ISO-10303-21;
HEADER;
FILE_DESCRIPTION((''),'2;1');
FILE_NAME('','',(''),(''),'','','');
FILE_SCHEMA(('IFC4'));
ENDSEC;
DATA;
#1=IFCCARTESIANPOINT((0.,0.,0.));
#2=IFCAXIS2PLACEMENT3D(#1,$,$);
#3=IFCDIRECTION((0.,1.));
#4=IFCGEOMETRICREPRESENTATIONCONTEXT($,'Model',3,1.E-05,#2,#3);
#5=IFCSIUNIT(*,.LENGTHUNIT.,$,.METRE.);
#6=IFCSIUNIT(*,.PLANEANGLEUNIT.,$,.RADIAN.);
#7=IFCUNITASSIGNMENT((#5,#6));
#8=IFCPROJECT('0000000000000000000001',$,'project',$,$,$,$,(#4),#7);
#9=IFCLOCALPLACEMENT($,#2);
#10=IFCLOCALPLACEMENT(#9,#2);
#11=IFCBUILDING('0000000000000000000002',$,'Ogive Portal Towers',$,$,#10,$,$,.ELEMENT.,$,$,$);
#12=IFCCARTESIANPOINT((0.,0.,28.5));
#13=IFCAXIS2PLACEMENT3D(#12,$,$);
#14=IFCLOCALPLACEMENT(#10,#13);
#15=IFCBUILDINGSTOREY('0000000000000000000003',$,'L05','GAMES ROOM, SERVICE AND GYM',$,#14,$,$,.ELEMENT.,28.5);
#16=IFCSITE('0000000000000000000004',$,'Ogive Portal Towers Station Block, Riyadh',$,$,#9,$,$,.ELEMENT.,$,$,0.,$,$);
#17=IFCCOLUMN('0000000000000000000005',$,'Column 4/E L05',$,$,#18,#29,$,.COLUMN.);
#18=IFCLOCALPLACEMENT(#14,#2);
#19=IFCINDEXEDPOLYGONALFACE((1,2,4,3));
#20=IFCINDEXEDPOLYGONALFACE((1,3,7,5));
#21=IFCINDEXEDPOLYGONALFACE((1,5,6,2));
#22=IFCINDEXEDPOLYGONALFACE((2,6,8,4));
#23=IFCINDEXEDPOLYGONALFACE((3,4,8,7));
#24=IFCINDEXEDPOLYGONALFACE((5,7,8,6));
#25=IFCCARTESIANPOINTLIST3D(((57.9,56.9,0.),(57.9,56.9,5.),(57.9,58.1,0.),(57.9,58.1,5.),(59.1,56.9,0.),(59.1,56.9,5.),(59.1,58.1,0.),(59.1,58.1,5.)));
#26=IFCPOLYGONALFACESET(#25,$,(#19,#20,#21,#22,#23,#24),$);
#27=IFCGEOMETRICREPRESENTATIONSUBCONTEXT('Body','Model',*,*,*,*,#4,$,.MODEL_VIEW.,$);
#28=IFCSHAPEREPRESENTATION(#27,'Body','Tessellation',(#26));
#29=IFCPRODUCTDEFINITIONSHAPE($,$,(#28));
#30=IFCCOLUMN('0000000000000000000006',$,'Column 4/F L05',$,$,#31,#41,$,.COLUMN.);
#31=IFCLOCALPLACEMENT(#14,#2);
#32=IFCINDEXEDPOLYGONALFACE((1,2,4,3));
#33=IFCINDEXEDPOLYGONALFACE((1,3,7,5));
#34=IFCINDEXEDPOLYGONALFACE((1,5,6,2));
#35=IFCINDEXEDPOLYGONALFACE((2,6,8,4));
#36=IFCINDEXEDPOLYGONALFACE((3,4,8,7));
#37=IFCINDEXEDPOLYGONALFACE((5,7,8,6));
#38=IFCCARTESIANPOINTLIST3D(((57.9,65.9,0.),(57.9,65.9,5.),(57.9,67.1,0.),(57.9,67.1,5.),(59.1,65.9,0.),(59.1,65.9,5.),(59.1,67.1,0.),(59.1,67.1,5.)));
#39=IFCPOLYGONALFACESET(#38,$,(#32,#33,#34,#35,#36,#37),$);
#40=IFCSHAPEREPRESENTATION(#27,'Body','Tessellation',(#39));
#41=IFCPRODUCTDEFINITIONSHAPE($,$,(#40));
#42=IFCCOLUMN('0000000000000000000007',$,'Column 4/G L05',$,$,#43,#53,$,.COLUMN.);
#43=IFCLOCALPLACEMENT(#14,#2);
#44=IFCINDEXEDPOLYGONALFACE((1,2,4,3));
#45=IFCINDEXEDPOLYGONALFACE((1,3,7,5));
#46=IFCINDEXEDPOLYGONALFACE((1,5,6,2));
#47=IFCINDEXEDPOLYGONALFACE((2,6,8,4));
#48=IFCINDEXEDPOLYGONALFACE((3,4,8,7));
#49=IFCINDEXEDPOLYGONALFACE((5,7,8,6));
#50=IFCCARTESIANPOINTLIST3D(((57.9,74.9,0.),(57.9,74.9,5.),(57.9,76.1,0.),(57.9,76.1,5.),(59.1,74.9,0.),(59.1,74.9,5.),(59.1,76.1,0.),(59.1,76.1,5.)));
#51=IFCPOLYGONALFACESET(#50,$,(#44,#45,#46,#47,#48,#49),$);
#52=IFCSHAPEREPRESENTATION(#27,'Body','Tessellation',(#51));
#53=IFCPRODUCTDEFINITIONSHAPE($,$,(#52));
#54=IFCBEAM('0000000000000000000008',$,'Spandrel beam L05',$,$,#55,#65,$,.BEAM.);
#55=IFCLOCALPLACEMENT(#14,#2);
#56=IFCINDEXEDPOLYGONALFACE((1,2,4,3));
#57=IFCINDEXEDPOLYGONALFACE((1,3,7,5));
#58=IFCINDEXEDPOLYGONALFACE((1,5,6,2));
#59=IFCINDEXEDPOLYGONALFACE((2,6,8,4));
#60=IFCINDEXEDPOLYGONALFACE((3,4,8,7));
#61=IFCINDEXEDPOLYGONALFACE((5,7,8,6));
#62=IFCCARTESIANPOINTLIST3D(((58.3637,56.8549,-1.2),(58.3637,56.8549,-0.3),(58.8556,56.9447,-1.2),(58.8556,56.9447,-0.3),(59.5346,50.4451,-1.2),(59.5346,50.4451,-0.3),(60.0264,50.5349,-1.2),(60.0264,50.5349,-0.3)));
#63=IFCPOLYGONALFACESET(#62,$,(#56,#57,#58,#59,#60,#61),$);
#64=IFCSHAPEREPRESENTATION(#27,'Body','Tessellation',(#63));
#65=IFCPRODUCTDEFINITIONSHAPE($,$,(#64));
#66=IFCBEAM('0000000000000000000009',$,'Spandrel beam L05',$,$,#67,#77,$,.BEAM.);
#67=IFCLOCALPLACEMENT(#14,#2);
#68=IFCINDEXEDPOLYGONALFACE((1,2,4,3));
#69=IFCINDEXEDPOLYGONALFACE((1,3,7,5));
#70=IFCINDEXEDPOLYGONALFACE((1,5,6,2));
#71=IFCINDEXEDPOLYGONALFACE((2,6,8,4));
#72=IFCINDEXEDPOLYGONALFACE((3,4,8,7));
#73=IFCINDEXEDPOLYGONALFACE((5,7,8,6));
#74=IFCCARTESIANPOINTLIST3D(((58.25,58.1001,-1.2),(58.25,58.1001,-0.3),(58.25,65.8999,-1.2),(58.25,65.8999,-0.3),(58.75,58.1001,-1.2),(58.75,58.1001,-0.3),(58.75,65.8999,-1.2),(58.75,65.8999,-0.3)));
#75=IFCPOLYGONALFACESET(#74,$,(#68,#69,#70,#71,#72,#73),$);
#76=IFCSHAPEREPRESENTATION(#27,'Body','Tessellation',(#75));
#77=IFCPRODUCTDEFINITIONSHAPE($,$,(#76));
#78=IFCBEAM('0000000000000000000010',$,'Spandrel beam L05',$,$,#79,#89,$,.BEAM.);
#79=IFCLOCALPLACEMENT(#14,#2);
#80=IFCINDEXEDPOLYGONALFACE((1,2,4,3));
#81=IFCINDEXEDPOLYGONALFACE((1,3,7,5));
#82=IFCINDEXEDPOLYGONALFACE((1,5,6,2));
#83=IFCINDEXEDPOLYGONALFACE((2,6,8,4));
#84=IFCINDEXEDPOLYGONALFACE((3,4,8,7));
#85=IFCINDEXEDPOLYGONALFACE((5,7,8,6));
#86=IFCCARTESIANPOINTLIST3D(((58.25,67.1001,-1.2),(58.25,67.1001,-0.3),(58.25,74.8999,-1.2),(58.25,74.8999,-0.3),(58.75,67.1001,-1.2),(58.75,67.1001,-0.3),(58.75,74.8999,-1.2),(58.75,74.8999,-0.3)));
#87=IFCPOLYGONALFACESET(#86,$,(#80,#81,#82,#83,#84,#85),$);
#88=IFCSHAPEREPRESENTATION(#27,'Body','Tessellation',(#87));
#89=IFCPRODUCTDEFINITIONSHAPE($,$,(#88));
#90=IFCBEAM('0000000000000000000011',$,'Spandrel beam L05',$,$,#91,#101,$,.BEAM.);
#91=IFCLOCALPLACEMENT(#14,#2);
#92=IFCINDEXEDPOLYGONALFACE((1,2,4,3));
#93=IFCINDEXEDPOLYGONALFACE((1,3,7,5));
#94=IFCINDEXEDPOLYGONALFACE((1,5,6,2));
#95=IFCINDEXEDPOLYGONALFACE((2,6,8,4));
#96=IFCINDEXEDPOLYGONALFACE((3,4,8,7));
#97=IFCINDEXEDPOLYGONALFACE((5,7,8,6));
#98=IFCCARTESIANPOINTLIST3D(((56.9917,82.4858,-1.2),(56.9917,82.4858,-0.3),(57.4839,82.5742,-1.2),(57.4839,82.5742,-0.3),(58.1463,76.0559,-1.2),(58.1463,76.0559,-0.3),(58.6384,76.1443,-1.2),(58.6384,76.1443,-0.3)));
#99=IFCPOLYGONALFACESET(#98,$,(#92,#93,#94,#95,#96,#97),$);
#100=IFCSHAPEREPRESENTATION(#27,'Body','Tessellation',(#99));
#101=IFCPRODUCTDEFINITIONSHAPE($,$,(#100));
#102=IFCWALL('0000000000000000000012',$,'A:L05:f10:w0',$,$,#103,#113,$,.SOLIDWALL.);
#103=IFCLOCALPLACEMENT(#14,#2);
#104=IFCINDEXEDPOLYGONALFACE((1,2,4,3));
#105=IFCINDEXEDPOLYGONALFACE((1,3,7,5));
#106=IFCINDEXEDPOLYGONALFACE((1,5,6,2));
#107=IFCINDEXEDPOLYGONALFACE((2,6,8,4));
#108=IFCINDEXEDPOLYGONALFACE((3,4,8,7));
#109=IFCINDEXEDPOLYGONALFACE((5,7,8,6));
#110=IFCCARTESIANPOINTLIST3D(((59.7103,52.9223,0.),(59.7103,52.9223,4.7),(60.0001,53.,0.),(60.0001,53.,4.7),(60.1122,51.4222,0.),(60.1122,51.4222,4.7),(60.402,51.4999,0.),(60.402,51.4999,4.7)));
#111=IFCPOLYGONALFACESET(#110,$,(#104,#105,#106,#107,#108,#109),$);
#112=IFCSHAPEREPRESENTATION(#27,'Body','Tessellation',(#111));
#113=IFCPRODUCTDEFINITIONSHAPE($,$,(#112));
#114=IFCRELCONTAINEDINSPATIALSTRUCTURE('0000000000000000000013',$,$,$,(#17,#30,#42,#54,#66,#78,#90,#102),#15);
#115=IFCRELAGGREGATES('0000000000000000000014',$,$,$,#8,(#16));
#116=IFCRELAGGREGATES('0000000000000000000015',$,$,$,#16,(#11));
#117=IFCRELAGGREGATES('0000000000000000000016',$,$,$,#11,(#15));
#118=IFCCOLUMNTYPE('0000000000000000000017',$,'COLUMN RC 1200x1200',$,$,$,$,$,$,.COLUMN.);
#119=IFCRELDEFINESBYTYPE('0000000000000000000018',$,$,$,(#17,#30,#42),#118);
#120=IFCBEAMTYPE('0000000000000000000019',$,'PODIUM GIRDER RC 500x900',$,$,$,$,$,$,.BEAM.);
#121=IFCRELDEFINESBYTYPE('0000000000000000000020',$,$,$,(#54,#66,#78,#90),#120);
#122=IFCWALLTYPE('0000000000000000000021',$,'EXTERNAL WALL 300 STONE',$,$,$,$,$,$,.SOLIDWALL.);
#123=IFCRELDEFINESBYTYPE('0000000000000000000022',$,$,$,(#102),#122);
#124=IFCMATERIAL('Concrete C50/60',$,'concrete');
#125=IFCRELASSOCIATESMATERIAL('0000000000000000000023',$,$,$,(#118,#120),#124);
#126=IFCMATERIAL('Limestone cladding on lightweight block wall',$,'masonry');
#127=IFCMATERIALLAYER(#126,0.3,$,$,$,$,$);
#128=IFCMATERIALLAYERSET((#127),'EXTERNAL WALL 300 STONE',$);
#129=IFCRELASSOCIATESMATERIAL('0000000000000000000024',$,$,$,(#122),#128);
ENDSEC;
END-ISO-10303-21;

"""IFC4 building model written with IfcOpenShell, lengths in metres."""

from ifc_helpers import new_model, si_unit, direction, frame, frame_2d, origin, origin_2d, place, context, subcontext, project, spatial, rectangle, extrude, material, layer, layer_set, material_profile, profile_set, type_object, element, save


model = new_model("IFC4")

# Units and contexts
model_context = context("Model", 3, precision=1e-05, world=origin(), true_north=direction((0.0, 1.0)))
body_context = subcontext(model_context, "Body", "Model", "MODEL_VIEW")
ifc_project = project(units=[si_unit("LENGTHUNIT", "METRE"), si_unit("PLANEANGLEUNIT", "RADIAN")], contexts=[model_context])

# Site, building, storey
site_placement = place(None, origin())
site = spatial("IfcSite", under=ifc_project, at=site_placement, Name="Ogive Portal Towers Station Block, Riyadh", CompositionType="ELEMENT", RefElevation=0.0)
building_placement = place(site_placement, origin())
building = spatial("IfcBuilding", under=site, at=building_placement, Name="Ogive Portal Towers", CompositionType="ELEMENT")
storey_placement = place(building_placement, frame((0.0, 0.0, 28.5)))
storey = spatial("IfcBuildingStorey", under=building, at=storey_placement, Name="L05", Description="GAMES ROOM, SERVICE AND GYM", CompositionType="ELEMENT", Elevation=28.5)

# Columns
ifc_material_1 = material(Name="Concrete C50/60", Category="concrete")
ifc_material_profile_1 = material_profile(ifc_material_1, rectangle(XDim=1.2, YDim=1.2, at=origin_2d()), Name="RC 1200x1200")
ifc_profile_set_1 = profile_set([ifc_material_profile_1], Name="Concrete C50/60")
column_type = type_object("IfcColumnType", Name="COLUMN RC 1200x1200", PredefinedType="COLUMN", material=ifc_profile_set_1)
for number, where, z_axis, x_axis, name in (
    (1, (58.5, 57.5, 0.0), (0.0, 0.0, 1.0), (1.0, 0.0, 0.0), "Column 4/E L05"),
    (2, (58.5, 66.5, 0.0), (0.0, 0.0, 1.0), (1.0, 0.0, 0.0), "Column 4/F L05"),
    (3, (58.5, 75.5, 0.0), (0.0, 0.0, 1.0), (1.0, 0.0, 0.0), "Column 4/G L05"),
):
    element("IfcColumn", number, at=place(storey_placement, frame(where, z_axis=z_axis, x_axis=x_axis)), inside=storey, type_object=column_type, Name=name, PredefinedType="COLUMN", context=body_context, shape_type="SweptSolid", body=[
        extrude(rectangle(XDim=1.2, YDim=1.2, at=origin_2d()), origin(), (0.0, 0.0, 1.0), 5.0),
    ])

# Beams
ifc_material_profile_2 = material_profile(ifc_material_1, rectangle(XDim=0.5, YDim=0.8999, at=origin_2d()), Name="RC 500x900")
ifc_profile_set_2 = profile_set([ifc_material_profile_2], Name="Concrete C50/60")
beam_type = type_object("IfcBeamType", Name="PODIUM GIRDER RC 500x900", PredefinedType="BEAM", material=ifc_profile_set_2)
beam_1_placement = place(storey_placement, frame((59.7805, 50.49, -0.75), z_axis=(-0.179696, 0.983722, 0.0), x_axis=(-0.983722, -0.179696, 0.0)))
element("IfcBeam", 4, at=beam_1_placement, inside=storey, type_object=beam_type, Name="Spandrel beam L05", PredefinedType="BEAM", context=body_context, shape_type="SweptSolid", body=[
    extrude(rectangle(XDim=0.5, YDim=0.8999, at=origin_2d()), origin(), (0.0, 0.0, 1.0), 6.5159),
])
for number, where, z_axis, x_axis, name in (
    (5, (58.5, 58.1001, -0.75), (0.0, 1.0, 0.0), (-1.0, 0.0, 0.0), "Spandrel beam L05"),
    (6, (58.5, 67.1001, -0.75), (0.0, 1.0, 0.0), (-1.0, 0.0, 0.0), "Spandrel beam L05"),
):
    element("IfcBeam", number, at=place(storey_placement, frame(where, z_axis=z_axis, x_axis=x_axis)), inside=storey, type_object=beam_type, Name=name, PredefinedType="BEAM", context=body_context, shape_type="SweptSolid", body=[
        extrude(rectangle(XDim=0.5, YDim=0.8999, at=origin_2d()), origin(), (0.0, 0.0, 1.0), 7.7998),
    ])
beam_2_placement = place(storey_placement, frame((58.3923, 76.1001, -0.75), z_axis=(-0.176731, 0.984259, 0.0), x_axis=(-0.984259, -0.176731, 0.0)))
element("IfcBeam", 7, at=beam_2_placement, inside=storey, type_object=beam_type, Name="Spandrel beam L05", PredefinedType="BEAM", context=body_context, shape_type="SweptSolid", body=[
    extrude(rectangle(XDim=0.5, YDim=0.8999, at=origin_2d()), origin(), (0.0, 0.0, 1.0), 6.5327),
])

# Wall
ifc_material_2 = material(Name="Limestone cladding on lightweight block wall", Category="masonry")
ifc_layer_1 = layer(ifc_material_2, 0.3)
ifc_layer_set_1 = layer_set([ifc_layer_1], Name="EXTERNAL WALL 300 STONE")
wall_type = type_object("IfcWallType", Name="EXTERNAL WALL 300 STONE", PredefinedType="SOLIDWALL", material=ifc_layer_set_1)
wall_1_placement = place(storey_placement, frame((60.2571, 51.4612, 0.0), z_axis=(0.0, 0.0, 1.0), x_axis=(-0.258778, 0.965937, 0.0)))
element("IfcWall", 8, at=wall_1_placement, inside=storey, type_object=wall_type, Name="A:L05:f10:w0", PredefinedType="SOLIDWALL", context=body_context, shape_type="SweptSolid", body=[
    extrude(rectangle(XDim=1.553, YDim=0.3, at=frame_2d((0.7764, 0.0))), origin(), (0.0, 0.0, 1.0), 4.7),
])

save(model, "model.ifc")
